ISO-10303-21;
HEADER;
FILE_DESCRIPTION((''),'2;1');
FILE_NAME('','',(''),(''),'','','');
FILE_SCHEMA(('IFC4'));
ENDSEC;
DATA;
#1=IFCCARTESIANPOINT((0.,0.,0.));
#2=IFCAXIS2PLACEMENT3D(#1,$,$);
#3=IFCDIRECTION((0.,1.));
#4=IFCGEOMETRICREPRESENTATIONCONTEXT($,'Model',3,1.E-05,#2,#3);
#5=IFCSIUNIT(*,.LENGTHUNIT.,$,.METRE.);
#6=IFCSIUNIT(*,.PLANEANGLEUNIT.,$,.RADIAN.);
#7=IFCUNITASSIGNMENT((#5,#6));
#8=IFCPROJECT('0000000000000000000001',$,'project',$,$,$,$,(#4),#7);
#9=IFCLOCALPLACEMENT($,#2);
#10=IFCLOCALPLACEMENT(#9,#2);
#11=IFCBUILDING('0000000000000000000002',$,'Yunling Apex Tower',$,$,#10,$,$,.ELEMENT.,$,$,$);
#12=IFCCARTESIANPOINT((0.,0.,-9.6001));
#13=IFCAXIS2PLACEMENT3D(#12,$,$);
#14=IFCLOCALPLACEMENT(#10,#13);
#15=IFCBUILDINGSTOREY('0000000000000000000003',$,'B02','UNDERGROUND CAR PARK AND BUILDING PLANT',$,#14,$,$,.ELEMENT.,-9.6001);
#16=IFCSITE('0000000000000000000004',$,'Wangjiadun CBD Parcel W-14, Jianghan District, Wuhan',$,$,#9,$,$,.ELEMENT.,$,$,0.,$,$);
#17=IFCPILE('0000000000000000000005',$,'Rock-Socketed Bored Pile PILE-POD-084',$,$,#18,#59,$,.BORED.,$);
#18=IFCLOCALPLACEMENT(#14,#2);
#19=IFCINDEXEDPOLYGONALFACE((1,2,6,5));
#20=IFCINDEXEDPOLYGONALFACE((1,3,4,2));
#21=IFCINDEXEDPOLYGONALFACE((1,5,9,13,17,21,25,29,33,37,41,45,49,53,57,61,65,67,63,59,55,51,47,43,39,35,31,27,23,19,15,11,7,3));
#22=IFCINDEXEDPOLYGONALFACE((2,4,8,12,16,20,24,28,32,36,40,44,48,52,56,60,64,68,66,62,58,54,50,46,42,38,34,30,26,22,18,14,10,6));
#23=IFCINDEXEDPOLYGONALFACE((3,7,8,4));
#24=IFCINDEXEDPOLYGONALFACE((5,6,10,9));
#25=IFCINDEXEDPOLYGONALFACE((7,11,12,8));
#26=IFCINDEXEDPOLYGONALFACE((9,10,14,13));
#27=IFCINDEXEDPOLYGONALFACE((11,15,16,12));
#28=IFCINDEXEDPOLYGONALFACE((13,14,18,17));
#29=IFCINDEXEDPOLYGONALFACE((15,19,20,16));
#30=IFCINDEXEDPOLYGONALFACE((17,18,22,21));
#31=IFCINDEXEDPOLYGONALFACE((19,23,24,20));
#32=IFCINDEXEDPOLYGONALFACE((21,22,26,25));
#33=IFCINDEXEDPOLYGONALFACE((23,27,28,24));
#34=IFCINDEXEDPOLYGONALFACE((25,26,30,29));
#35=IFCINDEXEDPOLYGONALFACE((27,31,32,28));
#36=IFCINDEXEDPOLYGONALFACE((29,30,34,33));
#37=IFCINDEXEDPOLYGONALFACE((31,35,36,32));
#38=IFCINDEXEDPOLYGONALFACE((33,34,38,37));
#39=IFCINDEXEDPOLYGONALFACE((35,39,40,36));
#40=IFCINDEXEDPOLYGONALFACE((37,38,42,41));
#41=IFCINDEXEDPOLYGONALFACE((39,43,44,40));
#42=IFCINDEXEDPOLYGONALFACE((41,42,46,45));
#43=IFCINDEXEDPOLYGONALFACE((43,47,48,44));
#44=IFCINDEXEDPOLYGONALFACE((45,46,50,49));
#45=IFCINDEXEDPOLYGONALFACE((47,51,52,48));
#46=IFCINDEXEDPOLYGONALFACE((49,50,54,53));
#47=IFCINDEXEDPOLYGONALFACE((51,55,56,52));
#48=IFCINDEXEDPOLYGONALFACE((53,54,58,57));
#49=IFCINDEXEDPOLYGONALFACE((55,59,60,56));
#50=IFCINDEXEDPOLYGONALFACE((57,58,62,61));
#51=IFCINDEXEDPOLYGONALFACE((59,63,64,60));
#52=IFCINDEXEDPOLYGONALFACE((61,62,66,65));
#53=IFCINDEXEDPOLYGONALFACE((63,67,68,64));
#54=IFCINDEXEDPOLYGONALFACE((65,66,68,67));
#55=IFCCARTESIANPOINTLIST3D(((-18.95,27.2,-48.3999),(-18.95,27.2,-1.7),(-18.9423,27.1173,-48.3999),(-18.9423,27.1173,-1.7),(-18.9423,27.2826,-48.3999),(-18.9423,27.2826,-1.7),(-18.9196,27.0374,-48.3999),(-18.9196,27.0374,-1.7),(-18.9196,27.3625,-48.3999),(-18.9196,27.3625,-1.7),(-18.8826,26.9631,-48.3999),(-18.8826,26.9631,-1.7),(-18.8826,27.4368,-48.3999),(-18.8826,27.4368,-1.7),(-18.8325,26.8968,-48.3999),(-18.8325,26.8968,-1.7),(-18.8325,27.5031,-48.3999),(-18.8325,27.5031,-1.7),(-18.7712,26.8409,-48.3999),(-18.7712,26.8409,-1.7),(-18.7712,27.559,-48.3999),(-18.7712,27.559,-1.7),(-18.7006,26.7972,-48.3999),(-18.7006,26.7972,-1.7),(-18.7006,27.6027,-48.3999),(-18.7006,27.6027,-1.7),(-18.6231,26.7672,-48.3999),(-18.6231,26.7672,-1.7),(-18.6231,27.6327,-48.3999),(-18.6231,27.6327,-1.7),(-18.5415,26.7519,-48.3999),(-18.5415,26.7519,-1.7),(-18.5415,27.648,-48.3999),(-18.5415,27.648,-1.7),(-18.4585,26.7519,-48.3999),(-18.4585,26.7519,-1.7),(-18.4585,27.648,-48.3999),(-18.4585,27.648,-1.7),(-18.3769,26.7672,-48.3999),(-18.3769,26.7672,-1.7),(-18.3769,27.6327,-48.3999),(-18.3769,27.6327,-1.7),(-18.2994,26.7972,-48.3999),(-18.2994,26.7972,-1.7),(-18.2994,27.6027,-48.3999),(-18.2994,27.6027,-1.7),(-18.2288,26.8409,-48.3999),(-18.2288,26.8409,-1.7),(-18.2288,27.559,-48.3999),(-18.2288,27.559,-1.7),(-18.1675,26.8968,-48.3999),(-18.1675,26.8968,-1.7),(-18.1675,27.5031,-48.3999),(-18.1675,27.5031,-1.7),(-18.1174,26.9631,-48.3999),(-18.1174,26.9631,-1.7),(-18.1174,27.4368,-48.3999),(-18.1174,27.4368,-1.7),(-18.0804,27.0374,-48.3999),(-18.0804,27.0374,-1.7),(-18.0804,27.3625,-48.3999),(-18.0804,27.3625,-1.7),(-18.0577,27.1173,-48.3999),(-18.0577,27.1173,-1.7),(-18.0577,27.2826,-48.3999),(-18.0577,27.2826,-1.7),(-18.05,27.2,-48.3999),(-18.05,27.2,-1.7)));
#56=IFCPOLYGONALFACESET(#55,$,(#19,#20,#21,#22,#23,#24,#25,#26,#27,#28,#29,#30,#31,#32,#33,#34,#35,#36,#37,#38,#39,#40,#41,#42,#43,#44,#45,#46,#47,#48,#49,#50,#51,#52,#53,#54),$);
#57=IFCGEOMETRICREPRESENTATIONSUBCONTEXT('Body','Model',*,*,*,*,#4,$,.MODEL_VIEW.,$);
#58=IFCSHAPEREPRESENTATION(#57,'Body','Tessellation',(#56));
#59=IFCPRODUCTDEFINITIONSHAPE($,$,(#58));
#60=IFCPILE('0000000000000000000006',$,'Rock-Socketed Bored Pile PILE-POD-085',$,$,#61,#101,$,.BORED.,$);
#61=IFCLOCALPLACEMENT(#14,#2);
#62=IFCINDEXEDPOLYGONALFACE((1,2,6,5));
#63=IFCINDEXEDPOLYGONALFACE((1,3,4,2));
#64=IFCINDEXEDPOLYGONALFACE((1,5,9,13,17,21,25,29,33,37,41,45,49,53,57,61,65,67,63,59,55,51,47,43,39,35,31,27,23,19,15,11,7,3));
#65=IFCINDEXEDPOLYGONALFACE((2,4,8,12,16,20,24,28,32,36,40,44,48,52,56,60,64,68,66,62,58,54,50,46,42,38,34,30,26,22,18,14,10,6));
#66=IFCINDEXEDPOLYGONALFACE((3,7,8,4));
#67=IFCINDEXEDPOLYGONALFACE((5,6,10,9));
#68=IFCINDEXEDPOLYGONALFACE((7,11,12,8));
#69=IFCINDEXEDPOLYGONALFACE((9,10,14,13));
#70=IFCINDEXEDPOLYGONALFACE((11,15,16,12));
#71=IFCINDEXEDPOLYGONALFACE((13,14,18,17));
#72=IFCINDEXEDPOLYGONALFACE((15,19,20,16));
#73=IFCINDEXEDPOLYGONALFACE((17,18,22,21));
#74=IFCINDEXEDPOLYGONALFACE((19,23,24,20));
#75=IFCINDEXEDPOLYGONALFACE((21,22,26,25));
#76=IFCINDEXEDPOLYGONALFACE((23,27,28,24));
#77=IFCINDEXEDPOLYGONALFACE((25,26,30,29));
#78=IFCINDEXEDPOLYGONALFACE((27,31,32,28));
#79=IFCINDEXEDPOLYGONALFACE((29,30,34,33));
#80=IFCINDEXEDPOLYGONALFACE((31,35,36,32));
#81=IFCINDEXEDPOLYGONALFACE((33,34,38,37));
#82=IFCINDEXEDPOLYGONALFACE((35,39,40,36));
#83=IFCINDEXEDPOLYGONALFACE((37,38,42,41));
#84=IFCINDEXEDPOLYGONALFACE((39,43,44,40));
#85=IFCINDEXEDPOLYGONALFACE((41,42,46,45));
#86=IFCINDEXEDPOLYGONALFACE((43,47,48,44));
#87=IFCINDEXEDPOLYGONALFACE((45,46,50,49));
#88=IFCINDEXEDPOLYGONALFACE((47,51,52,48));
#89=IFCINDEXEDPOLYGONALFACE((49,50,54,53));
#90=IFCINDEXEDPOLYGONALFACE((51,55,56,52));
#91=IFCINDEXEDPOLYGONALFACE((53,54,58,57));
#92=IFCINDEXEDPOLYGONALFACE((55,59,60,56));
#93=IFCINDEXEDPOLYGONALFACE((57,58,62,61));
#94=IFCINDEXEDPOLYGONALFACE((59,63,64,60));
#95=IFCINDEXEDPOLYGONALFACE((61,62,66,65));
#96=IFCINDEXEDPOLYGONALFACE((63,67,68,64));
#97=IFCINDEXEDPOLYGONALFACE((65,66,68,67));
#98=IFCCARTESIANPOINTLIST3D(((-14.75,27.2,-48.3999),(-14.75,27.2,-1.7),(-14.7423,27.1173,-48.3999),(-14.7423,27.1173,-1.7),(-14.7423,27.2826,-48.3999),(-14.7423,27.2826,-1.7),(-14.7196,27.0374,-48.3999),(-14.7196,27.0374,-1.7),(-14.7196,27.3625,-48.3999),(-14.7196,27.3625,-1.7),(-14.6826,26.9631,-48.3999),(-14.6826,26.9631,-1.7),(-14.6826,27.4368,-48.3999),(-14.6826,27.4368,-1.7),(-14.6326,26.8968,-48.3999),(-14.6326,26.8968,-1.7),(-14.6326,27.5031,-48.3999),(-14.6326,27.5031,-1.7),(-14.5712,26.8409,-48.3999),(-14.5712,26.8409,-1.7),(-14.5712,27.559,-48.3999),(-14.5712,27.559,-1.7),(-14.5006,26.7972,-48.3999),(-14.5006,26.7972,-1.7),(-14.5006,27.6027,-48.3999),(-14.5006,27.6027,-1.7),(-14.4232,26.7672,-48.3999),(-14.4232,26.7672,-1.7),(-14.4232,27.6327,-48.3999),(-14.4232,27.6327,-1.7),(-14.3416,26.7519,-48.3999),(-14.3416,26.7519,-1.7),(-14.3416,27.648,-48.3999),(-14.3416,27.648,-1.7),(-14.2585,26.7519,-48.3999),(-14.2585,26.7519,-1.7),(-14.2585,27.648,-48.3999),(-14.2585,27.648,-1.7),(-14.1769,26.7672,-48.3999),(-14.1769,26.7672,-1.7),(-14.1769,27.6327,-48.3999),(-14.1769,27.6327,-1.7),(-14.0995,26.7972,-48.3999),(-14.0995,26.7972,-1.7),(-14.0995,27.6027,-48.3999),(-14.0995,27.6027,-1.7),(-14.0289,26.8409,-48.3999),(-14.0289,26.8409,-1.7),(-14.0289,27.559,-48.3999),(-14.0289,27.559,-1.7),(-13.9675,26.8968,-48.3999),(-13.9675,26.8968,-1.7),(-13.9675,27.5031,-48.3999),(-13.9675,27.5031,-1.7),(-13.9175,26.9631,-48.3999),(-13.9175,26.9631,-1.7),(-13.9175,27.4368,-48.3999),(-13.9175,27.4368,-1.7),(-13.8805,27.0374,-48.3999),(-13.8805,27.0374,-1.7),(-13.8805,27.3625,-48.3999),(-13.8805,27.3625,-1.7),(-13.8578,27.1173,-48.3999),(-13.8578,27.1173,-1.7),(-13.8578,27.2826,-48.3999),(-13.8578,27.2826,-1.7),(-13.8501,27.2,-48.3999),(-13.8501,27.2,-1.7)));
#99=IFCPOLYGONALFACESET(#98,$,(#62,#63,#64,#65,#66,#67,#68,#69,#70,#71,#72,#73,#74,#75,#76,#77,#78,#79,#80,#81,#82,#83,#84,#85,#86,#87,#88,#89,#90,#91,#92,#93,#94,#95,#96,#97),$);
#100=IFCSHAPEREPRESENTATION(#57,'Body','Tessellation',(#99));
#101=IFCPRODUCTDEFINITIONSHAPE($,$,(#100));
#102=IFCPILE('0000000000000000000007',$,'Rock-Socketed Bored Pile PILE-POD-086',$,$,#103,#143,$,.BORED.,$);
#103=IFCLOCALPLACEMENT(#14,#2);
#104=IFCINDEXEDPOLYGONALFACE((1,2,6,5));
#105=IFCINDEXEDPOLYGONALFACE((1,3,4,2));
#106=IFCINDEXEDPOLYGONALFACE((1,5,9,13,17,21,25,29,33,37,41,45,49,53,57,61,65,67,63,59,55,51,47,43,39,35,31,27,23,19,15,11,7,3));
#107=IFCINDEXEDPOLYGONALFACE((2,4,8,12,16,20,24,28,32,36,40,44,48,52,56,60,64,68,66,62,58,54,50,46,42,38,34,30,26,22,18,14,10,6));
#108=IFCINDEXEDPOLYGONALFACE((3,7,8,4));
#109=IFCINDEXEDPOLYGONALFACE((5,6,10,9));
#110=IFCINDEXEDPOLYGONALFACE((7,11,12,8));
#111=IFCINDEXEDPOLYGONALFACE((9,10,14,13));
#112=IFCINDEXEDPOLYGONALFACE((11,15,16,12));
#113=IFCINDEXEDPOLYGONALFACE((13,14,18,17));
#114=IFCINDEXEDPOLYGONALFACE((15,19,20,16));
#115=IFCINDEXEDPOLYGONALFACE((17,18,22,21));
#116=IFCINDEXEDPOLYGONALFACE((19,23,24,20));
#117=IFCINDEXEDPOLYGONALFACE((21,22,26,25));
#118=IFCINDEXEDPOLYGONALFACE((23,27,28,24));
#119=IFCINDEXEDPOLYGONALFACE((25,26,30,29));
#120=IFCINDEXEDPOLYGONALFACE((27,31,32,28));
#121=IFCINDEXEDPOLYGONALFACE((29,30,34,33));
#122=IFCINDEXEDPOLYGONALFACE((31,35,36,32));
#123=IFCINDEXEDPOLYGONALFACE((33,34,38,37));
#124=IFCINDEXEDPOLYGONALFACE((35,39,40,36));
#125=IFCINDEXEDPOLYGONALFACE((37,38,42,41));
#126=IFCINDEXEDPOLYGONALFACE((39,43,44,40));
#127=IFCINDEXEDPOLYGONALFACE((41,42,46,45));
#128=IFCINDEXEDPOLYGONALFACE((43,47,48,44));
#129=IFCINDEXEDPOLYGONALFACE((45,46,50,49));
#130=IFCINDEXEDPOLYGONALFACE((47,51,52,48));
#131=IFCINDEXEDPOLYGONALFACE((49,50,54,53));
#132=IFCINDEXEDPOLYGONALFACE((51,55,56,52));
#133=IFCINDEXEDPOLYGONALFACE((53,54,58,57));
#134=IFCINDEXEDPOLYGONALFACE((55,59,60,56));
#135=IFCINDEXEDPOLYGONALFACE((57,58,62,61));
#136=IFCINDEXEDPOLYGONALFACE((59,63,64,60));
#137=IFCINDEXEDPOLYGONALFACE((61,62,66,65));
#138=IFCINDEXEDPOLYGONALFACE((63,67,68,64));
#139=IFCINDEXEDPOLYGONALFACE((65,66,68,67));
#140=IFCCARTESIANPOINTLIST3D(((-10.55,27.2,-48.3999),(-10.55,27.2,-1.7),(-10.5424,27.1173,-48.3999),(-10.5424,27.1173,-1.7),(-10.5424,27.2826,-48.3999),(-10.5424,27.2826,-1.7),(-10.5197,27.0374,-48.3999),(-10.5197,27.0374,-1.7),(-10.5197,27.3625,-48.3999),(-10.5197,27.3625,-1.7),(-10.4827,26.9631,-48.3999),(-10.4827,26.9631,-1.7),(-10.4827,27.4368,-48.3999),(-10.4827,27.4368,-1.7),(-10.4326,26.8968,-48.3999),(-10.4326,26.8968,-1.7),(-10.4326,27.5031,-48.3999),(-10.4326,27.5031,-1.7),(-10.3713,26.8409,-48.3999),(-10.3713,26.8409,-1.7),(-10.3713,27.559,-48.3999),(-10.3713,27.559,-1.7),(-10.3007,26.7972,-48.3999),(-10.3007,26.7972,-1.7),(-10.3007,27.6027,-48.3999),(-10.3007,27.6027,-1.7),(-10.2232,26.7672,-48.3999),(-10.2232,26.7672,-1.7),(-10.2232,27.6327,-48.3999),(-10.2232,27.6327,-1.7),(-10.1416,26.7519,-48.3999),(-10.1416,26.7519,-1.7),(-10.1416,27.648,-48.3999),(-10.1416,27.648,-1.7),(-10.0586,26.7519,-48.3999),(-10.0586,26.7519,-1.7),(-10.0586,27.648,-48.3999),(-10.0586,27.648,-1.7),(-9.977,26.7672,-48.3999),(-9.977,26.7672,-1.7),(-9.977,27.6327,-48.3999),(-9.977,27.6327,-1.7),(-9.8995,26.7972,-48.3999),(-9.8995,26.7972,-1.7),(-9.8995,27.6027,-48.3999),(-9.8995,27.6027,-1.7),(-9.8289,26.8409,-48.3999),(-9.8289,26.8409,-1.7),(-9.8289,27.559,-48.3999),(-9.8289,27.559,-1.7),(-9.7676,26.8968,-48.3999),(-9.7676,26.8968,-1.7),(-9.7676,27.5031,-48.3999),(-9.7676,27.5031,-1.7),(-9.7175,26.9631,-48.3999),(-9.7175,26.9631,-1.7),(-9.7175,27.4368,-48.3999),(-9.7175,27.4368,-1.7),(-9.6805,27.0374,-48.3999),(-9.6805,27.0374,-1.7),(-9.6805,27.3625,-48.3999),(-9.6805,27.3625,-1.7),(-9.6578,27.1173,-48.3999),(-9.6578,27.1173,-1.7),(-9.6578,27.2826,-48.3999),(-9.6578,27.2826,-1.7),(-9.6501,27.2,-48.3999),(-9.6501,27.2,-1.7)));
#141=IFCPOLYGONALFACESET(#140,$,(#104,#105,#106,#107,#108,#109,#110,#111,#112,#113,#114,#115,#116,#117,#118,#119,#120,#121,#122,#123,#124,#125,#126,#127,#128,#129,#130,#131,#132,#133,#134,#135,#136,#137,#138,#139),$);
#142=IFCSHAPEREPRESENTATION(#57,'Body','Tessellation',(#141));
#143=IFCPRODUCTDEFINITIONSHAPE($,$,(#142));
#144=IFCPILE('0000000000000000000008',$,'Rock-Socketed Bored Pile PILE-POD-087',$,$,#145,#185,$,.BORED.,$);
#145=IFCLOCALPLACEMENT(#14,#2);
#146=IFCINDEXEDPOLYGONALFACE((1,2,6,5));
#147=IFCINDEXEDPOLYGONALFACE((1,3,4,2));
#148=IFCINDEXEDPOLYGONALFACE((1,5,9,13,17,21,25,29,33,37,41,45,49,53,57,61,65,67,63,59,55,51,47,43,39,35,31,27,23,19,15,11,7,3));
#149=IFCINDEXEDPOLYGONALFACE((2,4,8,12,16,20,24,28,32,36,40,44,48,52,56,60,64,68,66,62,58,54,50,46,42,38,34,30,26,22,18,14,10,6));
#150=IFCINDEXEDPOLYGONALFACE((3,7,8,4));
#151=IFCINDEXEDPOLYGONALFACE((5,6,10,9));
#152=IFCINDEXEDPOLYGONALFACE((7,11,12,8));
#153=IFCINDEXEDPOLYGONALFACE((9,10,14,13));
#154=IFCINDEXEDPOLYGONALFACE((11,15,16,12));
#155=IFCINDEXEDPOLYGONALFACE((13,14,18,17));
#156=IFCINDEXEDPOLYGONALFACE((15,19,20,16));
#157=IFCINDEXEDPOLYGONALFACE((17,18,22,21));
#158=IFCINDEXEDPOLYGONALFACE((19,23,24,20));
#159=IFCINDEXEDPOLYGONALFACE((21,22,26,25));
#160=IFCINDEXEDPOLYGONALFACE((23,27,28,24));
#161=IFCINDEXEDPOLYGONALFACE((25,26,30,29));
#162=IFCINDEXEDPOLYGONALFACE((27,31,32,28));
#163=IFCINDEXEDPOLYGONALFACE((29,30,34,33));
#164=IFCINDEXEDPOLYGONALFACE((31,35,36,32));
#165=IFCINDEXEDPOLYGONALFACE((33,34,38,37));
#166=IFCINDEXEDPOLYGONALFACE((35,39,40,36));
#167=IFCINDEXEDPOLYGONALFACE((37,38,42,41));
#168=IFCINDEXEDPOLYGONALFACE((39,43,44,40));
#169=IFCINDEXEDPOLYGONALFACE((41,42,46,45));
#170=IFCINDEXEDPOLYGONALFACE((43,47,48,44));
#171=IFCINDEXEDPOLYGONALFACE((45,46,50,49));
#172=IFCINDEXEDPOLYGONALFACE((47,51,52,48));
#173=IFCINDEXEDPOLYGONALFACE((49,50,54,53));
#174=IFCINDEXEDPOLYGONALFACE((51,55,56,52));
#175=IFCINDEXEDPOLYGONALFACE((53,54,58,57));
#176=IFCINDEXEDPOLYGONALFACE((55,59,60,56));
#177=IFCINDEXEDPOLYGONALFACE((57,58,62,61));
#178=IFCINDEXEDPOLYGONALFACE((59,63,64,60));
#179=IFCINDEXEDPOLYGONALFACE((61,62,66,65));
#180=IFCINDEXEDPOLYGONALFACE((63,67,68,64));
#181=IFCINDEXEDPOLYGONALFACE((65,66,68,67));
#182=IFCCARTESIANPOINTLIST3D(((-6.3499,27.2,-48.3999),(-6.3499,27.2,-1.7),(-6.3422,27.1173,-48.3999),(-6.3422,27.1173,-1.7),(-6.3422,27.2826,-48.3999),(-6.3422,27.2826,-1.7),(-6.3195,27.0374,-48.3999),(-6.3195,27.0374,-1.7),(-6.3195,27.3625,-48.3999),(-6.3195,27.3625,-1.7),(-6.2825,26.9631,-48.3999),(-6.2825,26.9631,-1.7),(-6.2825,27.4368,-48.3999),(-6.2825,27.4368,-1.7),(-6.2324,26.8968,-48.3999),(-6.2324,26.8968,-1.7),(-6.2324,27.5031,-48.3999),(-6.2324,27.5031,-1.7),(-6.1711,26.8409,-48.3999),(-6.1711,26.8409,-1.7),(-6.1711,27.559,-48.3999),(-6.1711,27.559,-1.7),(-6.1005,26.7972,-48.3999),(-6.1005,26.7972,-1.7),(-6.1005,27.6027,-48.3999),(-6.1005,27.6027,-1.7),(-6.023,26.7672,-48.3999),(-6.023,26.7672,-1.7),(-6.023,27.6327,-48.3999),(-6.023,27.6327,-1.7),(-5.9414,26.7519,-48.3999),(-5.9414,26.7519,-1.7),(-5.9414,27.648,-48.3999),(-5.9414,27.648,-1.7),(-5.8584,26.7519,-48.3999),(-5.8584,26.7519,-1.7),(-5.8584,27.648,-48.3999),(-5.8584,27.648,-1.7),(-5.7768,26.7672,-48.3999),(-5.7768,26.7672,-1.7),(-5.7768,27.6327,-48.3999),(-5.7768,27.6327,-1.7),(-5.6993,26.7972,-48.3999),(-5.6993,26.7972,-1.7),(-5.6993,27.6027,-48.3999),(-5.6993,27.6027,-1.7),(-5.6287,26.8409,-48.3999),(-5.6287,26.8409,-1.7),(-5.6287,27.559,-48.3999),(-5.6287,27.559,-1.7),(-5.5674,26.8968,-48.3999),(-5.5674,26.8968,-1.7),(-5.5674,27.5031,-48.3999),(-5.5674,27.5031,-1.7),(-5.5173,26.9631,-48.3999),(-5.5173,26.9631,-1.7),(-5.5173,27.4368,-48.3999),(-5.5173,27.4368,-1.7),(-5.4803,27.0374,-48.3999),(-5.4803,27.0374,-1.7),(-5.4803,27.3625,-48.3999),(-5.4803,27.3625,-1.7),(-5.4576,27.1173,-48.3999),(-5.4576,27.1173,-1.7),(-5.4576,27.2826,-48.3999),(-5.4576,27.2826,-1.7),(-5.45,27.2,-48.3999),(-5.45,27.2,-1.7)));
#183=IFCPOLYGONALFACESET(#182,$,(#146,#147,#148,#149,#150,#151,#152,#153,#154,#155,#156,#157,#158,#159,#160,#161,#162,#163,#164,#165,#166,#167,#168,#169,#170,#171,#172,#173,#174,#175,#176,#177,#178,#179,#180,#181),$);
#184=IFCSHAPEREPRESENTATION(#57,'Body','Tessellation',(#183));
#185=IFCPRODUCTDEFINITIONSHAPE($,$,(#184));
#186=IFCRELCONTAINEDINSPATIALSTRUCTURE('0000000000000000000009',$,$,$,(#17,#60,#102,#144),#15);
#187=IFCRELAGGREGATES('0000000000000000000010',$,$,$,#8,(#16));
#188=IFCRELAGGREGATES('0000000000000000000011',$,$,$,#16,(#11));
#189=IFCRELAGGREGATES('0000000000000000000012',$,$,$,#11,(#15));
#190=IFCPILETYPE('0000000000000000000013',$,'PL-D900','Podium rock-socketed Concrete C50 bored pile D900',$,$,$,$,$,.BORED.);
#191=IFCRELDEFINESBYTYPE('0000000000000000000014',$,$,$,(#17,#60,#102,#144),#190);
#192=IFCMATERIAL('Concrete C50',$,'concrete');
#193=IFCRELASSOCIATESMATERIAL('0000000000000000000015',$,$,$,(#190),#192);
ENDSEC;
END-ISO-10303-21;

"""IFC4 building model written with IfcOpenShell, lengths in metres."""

from ifc_helpers import new_model, si_unit, direction, frame, origin, origin_2d, place, context, subcontext, project, spatial, circle, extrude, source, transform, mapped, material, material_profile, profile_set, type_object, element, save


model = new_model("IFC4")

# Units and contexts
model_context = context("Model", 3, precision=1e-05, world=origin(), true_north=direction((0.0, 1.0)))
body_context = subcontext(model_context, "Body", "Model", "MODEL_VIEW")
ifc_project = project(units=[si_unit("LENGTHUNIT", "METRE"), si_unit("PLANEANGLEUNIT", "RADIAN")], contexts=[model_context])

# Site, building, storey
site_placement = place(None, origin())
site = spatial("IfcSite", under=ifc_project, at=site_placement, Name="Wangjiadun CBD Parcel W-14, Jianghan District, Wuhan", CompositionType="ELEMENT", RefElevation=0.0)
building_placement = place(site_placement, origin())
building = spatial("IfcBuilding", under=site, at=building_placement, Name="Yunling Apex Tower", CompositionType="ELEMENT")
storey_placement = place(building_placement, frame((0.0, 0.0, -9.6001)))
storey = spatial("IfcBuildingStorey", under=building, at=storey_placement, Name="B02", Description="UNDERGROUND CAR PARK AND BUILDING PLANT", CompositionType="ELEMENT", Elevation=-9.6001)

# Shared definitions
ifc_material_1 = material(Name="Concrete C50", Category="concrete")

# Piles
ifc_material_profile_1 = material_profile(ifc_material_1, circle(Radius=0.45, at=origin_2d()))
ifc_profile_set_1 = profile_set([ifc_material_profile_1], Name="Concrete C50")
pile_type_1 = type_object("IfcPileType", Name="PL-D900", Description="Podium rock-socketed Concrete C50 bored pile D900", PredefinedType="BORED", material=ifc_profile_set_1)
shared_shape_1 = source(origin(), body_context, "Body", "SweptSolid", [
    extrude(circle(Radius=0.45, at=origin_2d()), origin(), (0.0, 0.0, 1.0), 46.7),
])
for number, where, z_axis, x_axis, name in (
    (1, (-18.5, 27.2, -1.7), (0.0, 0.0, -1.0), (1.0, 0.0, 0.0), "Rock-Socketed Bored Pile PILE-POD-084"),
    (2, (-14.3, 27.2, -1.7), (0.0, 0.0, -1.0), (1.0, 0.0, 0.0), "Rock-Socketed Bored Pile PILE-POD-085"),
    (3, (-10.1001, 27.2, -1.7), (0.0, 0.0, -1.0), (1.0, 0.0, 0.0), "Rock-Socketed Bored Pile PILE-POD-086"),
    (4, (-5.8999, 27.2, -1.7), (0.0, 0.0, -1.0), (1.0, 0.0, 0.0), "Rock-Socketed Bored Pile PILE-POD-087"),
):
    element("IfcPile", number, at=place(storey_placement, frame(where, z_axis=z_axis, x_axis=x_axis)), inside=storey, type_object=pile_type_1, Name=name, PredefinedType="BORED", context=body_context, shape_type="MappedRepresentation", body=[
        mapped(shared_shape_1, transform((0.0, 0.0, 0.0), scale=1.0)),
    ])

save(model, "model.ifc")
